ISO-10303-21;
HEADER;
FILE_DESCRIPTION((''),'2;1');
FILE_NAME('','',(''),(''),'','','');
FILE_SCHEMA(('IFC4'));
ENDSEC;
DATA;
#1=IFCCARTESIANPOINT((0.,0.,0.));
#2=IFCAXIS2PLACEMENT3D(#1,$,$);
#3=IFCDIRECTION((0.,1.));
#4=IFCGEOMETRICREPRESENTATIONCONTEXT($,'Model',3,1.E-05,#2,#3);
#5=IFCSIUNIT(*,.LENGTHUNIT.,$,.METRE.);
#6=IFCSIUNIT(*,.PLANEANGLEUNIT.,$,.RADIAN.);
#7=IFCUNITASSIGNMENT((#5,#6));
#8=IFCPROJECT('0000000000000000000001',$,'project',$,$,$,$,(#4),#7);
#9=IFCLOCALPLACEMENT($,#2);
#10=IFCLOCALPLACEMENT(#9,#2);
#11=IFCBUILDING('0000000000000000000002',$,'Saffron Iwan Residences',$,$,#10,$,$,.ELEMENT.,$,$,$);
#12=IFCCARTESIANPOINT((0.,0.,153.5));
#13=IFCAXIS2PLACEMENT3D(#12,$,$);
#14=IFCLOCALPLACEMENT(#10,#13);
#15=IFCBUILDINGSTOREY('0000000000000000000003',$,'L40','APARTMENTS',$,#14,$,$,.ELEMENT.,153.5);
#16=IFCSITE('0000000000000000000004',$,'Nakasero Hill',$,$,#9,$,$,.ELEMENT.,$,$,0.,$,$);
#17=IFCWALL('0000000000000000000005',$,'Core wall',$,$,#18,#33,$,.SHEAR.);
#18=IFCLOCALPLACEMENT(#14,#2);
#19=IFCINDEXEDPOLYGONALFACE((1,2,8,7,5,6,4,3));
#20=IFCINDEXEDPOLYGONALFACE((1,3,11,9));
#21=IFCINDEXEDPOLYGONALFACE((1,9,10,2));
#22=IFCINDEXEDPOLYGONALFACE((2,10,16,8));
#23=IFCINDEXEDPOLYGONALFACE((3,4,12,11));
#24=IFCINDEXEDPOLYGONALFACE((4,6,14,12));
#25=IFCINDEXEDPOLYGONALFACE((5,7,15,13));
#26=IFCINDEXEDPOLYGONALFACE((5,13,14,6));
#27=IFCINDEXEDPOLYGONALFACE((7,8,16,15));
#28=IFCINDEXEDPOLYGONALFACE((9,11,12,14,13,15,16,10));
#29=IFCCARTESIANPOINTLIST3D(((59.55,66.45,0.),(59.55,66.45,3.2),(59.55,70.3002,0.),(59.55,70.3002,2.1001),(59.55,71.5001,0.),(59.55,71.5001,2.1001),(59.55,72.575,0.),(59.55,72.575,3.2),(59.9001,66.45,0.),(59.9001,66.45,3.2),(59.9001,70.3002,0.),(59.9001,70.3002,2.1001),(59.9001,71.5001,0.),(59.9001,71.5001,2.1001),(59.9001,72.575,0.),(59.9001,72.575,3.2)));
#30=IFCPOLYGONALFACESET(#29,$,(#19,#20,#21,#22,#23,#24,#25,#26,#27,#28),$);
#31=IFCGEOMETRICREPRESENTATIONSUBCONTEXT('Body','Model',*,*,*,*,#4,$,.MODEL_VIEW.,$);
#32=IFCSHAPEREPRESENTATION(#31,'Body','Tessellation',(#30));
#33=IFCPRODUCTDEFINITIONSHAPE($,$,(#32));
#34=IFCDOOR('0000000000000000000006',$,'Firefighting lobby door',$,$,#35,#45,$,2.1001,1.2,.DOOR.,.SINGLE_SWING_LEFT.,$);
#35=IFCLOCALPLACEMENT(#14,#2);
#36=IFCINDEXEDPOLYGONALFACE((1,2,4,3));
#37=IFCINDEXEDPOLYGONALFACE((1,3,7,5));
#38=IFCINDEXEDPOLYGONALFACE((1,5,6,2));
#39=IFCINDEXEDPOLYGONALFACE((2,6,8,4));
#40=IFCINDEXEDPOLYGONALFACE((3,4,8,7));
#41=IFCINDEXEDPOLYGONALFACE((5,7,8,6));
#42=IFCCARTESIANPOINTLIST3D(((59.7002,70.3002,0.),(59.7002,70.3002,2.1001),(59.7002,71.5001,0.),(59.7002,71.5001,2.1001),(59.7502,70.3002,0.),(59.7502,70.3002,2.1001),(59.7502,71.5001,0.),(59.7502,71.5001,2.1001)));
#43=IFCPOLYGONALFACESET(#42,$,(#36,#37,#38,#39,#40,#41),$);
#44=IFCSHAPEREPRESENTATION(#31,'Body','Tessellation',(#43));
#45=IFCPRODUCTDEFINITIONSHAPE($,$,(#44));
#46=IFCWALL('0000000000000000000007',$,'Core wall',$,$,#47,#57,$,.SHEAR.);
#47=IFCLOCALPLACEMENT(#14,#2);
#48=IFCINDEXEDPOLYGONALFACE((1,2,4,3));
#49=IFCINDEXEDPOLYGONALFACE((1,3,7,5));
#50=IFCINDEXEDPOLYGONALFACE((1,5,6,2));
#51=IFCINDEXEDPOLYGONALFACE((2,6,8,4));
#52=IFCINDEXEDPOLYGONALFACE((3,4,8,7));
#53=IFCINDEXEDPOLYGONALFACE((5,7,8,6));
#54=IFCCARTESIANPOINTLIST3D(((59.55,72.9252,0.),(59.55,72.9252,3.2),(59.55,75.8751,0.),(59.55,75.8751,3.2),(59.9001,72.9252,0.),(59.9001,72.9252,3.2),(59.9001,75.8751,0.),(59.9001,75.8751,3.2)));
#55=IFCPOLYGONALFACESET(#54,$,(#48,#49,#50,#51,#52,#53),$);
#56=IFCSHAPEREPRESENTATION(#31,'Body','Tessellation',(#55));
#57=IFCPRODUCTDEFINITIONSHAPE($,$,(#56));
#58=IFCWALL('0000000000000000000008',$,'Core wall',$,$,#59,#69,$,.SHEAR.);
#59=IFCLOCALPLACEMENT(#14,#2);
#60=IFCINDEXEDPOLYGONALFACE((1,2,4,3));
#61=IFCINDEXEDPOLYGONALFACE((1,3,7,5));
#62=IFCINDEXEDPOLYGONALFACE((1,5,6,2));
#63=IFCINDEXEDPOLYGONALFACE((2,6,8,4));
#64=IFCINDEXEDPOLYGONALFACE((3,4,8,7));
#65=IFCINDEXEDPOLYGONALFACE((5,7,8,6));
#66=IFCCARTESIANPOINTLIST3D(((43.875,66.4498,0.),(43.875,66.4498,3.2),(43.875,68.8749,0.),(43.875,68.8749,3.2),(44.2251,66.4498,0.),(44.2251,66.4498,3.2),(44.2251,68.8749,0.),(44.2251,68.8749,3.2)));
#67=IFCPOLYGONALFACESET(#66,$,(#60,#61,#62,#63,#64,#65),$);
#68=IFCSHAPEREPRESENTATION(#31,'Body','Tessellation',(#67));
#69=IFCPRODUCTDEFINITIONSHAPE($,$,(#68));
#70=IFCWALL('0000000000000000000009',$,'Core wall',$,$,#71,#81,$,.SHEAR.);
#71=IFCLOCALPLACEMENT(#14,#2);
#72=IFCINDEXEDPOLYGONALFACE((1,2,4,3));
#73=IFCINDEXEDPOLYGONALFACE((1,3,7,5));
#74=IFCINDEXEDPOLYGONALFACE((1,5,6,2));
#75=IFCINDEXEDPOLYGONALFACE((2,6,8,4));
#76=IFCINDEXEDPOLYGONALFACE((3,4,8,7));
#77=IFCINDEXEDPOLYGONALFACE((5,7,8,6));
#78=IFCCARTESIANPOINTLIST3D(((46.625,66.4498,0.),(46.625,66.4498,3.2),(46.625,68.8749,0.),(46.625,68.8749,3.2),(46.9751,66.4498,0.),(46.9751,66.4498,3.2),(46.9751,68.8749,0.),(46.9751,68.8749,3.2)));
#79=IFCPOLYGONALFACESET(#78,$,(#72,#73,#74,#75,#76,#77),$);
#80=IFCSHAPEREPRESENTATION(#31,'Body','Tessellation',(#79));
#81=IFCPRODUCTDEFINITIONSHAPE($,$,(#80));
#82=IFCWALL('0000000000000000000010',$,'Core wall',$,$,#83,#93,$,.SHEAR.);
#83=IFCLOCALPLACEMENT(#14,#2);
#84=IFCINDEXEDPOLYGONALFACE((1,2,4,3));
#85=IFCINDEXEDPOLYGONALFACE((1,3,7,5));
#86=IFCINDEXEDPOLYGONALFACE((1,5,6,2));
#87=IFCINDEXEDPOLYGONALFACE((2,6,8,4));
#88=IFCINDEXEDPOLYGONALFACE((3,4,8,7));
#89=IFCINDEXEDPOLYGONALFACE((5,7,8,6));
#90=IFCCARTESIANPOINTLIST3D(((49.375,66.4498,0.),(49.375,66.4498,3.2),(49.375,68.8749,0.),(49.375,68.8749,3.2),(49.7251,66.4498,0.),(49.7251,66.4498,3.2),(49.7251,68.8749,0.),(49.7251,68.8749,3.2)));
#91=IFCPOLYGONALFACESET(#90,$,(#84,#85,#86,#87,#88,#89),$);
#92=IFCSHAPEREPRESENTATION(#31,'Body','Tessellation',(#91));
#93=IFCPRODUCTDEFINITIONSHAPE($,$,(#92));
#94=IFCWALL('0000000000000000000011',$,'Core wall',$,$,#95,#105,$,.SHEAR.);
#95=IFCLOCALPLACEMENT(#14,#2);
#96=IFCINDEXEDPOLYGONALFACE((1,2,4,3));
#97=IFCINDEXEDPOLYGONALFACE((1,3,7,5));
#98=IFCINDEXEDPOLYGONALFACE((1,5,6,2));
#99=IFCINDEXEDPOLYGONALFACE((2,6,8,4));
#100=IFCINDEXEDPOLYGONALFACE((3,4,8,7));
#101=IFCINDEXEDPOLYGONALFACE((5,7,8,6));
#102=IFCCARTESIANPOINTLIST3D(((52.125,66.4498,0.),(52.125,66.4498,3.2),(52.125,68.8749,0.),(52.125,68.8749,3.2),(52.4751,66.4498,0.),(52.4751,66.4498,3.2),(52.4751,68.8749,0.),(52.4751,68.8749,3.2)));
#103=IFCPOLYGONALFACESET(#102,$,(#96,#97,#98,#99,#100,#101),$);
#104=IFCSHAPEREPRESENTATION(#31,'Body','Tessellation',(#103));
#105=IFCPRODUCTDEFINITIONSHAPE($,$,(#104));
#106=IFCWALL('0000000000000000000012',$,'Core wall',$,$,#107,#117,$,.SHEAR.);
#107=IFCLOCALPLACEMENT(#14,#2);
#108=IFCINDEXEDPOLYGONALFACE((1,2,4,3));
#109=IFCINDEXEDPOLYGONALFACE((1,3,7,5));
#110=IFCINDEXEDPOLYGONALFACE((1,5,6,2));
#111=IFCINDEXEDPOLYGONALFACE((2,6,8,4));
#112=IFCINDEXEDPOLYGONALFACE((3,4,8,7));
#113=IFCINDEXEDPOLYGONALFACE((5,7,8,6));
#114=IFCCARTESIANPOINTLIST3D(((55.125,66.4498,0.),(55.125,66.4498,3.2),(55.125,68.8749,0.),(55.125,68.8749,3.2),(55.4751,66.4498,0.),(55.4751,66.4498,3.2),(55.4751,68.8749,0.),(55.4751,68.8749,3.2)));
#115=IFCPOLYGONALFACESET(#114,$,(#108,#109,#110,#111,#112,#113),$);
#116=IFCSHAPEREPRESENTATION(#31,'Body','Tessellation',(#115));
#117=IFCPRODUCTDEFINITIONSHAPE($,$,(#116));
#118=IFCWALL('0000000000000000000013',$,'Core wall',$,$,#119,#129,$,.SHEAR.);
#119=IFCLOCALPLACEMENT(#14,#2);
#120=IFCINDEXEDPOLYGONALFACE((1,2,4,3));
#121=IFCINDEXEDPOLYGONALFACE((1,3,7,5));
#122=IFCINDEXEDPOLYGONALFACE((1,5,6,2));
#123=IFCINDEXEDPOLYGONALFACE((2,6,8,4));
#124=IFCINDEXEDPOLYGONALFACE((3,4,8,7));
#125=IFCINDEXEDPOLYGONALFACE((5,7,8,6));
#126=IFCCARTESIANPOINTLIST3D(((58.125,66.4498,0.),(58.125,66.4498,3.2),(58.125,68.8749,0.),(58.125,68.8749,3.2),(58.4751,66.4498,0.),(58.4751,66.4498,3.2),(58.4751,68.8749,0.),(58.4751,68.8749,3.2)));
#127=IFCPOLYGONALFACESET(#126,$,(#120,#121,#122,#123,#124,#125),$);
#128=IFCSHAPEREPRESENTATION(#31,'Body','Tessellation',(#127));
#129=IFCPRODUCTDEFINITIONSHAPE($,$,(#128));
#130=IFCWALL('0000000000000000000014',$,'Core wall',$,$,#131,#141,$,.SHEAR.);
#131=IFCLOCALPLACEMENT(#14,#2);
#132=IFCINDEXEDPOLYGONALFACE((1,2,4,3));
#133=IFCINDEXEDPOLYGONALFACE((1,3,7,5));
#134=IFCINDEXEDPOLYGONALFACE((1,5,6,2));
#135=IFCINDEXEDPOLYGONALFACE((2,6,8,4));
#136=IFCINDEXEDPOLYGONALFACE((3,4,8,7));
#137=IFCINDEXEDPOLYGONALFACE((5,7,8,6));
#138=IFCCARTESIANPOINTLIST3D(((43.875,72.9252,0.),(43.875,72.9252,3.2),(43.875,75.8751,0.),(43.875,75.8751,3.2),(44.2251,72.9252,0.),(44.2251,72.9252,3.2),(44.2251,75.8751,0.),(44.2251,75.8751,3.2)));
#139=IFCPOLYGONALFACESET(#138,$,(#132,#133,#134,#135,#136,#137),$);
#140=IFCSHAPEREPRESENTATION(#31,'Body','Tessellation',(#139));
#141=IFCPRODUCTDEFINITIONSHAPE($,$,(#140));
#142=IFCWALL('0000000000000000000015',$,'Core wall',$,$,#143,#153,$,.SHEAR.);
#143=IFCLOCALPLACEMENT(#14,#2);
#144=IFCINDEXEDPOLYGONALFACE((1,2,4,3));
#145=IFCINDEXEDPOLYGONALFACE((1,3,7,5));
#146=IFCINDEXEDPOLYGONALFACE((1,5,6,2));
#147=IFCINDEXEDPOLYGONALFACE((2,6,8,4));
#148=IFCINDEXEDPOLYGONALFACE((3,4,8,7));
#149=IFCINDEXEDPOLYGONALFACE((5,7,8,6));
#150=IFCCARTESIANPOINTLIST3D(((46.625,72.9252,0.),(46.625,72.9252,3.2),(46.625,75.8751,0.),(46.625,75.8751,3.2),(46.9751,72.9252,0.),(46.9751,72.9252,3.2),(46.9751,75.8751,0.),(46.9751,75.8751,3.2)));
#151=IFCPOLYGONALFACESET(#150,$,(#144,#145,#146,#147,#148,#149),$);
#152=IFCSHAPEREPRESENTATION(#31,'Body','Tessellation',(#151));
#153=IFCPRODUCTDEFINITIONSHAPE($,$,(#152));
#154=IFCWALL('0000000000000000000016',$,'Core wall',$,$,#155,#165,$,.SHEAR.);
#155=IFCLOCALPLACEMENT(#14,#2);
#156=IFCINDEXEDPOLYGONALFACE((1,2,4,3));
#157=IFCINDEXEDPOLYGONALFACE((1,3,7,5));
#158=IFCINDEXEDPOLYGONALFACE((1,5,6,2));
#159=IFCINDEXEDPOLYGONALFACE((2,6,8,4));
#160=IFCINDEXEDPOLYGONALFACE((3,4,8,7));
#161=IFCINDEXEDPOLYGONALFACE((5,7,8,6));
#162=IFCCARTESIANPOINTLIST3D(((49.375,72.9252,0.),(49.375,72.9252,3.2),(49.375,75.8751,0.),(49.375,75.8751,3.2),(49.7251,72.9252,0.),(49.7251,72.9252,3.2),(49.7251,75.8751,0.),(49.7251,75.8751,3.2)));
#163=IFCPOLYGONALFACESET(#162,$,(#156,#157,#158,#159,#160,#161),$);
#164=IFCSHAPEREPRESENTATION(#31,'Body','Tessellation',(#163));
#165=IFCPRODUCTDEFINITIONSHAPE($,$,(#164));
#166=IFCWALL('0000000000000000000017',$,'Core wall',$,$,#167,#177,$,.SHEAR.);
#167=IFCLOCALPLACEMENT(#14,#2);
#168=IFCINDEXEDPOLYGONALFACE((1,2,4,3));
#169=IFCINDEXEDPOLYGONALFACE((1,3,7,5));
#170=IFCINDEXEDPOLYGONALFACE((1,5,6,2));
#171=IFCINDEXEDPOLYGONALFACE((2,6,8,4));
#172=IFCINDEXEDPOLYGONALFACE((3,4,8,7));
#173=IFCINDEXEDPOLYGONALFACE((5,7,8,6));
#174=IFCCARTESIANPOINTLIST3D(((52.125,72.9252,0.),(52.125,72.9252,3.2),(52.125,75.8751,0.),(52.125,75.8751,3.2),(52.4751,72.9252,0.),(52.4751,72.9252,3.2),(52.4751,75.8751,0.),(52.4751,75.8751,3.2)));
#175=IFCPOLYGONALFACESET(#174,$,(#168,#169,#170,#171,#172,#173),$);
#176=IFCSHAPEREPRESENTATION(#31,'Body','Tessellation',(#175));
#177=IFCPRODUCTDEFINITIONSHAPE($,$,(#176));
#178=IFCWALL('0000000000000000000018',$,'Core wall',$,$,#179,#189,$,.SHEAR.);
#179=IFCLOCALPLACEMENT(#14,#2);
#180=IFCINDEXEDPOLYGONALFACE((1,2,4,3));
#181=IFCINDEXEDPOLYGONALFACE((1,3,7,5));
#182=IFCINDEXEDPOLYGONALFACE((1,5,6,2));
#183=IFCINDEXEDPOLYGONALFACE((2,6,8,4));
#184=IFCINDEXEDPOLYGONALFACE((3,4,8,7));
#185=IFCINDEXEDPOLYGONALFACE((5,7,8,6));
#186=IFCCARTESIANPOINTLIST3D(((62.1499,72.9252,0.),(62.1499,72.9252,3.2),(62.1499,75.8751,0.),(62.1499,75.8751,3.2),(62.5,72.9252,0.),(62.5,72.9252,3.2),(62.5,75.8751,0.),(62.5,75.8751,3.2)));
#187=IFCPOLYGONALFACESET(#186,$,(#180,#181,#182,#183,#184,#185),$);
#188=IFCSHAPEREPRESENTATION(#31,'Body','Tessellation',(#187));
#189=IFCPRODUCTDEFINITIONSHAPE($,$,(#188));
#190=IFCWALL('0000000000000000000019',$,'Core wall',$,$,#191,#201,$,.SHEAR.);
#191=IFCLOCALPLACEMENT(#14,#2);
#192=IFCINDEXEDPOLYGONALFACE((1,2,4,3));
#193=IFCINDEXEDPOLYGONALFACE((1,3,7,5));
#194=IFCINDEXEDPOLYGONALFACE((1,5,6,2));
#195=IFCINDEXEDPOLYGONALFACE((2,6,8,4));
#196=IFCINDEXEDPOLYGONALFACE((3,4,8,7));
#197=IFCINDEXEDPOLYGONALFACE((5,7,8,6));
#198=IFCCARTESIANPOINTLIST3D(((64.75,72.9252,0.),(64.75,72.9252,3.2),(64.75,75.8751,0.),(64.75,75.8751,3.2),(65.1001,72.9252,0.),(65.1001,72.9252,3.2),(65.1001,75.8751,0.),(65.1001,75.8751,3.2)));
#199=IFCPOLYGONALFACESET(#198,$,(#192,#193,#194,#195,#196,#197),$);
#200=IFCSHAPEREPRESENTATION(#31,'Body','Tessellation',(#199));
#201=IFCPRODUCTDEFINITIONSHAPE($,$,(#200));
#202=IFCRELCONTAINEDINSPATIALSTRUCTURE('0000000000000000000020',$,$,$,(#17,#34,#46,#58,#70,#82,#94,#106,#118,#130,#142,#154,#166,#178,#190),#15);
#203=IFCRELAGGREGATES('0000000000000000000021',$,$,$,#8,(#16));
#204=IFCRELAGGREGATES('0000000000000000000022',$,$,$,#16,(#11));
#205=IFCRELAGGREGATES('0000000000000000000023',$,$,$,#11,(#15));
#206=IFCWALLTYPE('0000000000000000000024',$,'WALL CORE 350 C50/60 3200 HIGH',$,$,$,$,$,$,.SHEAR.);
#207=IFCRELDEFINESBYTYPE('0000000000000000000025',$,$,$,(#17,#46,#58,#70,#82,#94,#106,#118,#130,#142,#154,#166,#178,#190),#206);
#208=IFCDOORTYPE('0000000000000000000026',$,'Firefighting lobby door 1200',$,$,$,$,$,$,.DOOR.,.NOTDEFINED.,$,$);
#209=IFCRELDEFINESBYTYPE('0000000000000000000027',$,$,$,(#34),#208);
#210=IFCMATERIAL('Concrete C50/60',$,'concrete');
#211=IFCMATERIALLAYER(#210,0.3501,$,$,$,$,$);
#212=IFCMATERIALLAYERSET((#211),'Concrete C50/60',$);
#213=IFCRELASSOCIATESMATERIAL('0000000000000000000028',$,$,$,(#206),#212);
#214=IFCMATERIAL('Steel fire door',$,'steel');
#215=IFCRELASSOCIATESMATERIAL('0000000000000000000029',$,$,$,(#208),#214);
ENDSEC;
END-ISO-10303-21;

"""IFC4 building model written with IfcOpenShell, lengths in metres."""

from ifc_helpers import new_model, si_unit, direction, frame, frame_2d, origin, place, context, subcontext, project, spatial, rectangle, extrude, material, layer, layer_set, type_object, element, fill, save


model = new_model("IFC4")

# Units and contexts
model_context = context("Model", 3, precision=1e-05, world=origin(), true_north=direction((0.0, 1.0)))
body_context = subcontext(model_context, "Body", "Model", "MODEL_VIEW")
ifc_project = project(units=[si_unit("LENGTHUNIT", "METRE"), si_unit("PLANEANGLEUNIT", "RADIAN")], contexts=[model_context])

# Site, building, storey
site_placement = place(None, origin())
site = spatial("IfcSite", under=ifc_project, at=site_placement, Name="Nakasero Hill", CompositionType="ELEMENT", RefElevation=0.0)
building_placement = place(site_placement, origin())
building = spatial("IfcBuilding", under=site, at=building_placement, Name="Saffron Iwan Residences", CompositionType="ELEMENT")
storey_placement = place(building_placement, frame((0.0, 0.0, 153.5)))
storey = spatial("IfcBuildingStorey", under=building, at=storey_placement, Name="L40", Description="APARTMENTS", CompositionType="ELEMENT", Elevation=153.5)

# Shared definitions
ifc_material_1 = material(Name="Concrete C50/60", Category="concrete")

# Wall, opening, door
ifc_material_2 = material(Name="Steel fire door", Category="steel")
ifc_layer_1 = layer(ifc_material_1, 0.3501)
ifc_layer_set_1 = layer_set([ifc_layer_1], Name="Concrete C50/60")
wall_type_1 = type_object("IfcWallType", Name="WALL CORE 350 C50/60 3200 HIGH", PredefinedType="SHEAR", material=ifc_layer_set_1)
wall_1_placement = place(storey_placement, frame((59.7251, 66.45, 0.0), z_axis=(0.0, 0.0, 1.0), x_axis=(0.0, 1.0, 0.0)))
wall_1 = element("IfcWall", 1, at=wall_1_placement, inside=storey, type_object=wall_type_1, Name="Core wall", PredefinedType="SHEAR", context=body_context, shape_type="SweptSolid", body=[
    extrude(rectangle(XDim=6.125, YDim=0.3501, at=frame_2d((3.0625, 0.0))), origin(), (0.0, 0.0, 1.0), 3.2),
])
opening_1_placement = place(wall_1_placement, frame((3.8501, 0.0, 0.0)))
opening_1 = element("IfcOpeningElement", 2, at=opening_1_placement, cuts=wall_1, PredefinedType="OPENING", context=body_context, shape_type="SweptSolid", body=[
    extrude(rectangle(XDim=1.2, YDim=2.1001, at=frame_2d((0.6001, 1.05))), frame((0.0, 0.1851, 0.0), z_axis=(0.0, -1.0, 0.0), x_axis=(1.0, 0.0, 0.0)), (0.0, 0.0, 1.0), 0.3701),
])
door_type_1 = type_object("IfcDoorType", Name="Firefighting lobby door 1200", OperationType="NOTDEFINED", PredefinedType="DOOR", material=ifc_material_2)
door_1_placement = place(opening_1_placement, origin())
door_1 = element("IfcDoor", 3, at=door_1_placement, inside=storey, type_object=door_type_1, Name="Firefighting lobby door", OperationType="SINGLE_SWING_LEFT", OverallHeight=2.1001, OverallWidth=1.2, PredefinedType="DOOR", context=body_context, shape_type="SweptSolid", body=[
    extrude(rectangle(XDim=1.2, YDim=2.1001, at=frame_2d((0.6001, 1.05))), frame((0.0, 0.0249, 0.0), z_axis=(0.0, -1.0, 0.0), x_axis=(1.0, 0.0, 0.0)), (0.0, 0.0, 1.0), 0.05),
])
fill(opening_1, door_1)

# Walls
wall_2_placement = place(storey_placement, frame((59.7251, 72.925, 0.0), z_axis=(0.0, 0.0, 1.0), x_axis=(0.0, 1.0, 0.0)))
element("IfcWall", 4, at=wall_2_placement, inside=storey, type_object=wall_type_1, Name="Core wall", PredefinedType="SHEAR", context=body_context, shape_type="SweptSolid", body=[
    extrude(rectangle(XDim=2.95, YDim=0.3501, at=frame_2d((1.4751, 0.0))), origin(), (0.0, 0.0, 1.0), 3.2),
])
for number, where, z_axis, x_axis, name in (
    (5, (44.05, 66.45, 0.0), (0.0, 0.0, 1.0), (0.0, 1.0, 0.0), "Core wall"),
    (6, (46.8, 66.45, 0.0), (0.0, 0.0, 1.0), (0.0, 1.0, 0.0), "Core wall"),
    (7, (49.55, 66.45, 0.0), (0.0, 0.0, 1.0), (0.0, 1.0, 0.0), "Core wall"),
    (8, (52.3, 66.45, 0.0), (0.0, 0.0, 1.0), (0.0, 1.0, 0.0), "Core wall"),
    (9, (55.3, 66.45, 0.0), (0.0, 0.0, 1.0), (0.0, 1.0, 0.0), "Core wall"),
    (10, (58.3, 66.45, 0.0), (0.0, 0.0, 1.0), (0.0, 1.0, 0.0), "Core wall"),
):
    element("IfcWall", number, at=place(storey_placement, frame(where, z_axis=z_axis, x_axis=x_axis)), inside=storey, type_object=wall_type_1, Name=name, PredefinedType="SHEAR", context=body_context, shape_type="SweptSolid", body=[
        extrude(rectangle(XDim=2.425, YDim=0.3501, at=frame_2d((1.2124, 0.0))), origin(), (0.0, 0.0, 1.0), 3.2),
    ])
for number, where, z_axis, x_axis, name in (
    (11, (44.05, 72.925, 0.0), (0.0, 0.0, 1.0), (0.0, 1.0, 0.0), "Core wall"),
    (12, (46.8, 72.925, 0.0), (0.0, 0.0, 1.0), (0.0, 1.0, 0.0), "Core wall"),
    (13, (49.55, 72.925, 0.0), (0.0, 0.0, 1.0), (0.0, 1.0, 0.0), "Core wall"),
    (14, (52.3, 72.925, 0.0), (0.0, 0.0, 1.0), (0.0, 1.0, 0.0), "Core wall"),
    (15, (62.325, 72.925, 0.0), (0.0, 0.0, 1.0), (0.0, 1.0, 0.0), "Core wall"),
    (16, (64.925, 72.925, 0.0), (0.0, 0.0, 1.0), (0.0, 1.0, 0.0), "Core wall"),
):
    element("IfcWall", number, at=place(storey_placement, frame(where, z_axis=z_axis, x_axis=x_axis)), inside=storey, type_object=wall_type_1, Name=name, PredefinedType="SHEAR", context=body_context, shape_type="SweptSolid", body=[
        extrude(rectangle(XDim=2.95, YDim=0.3501, at=frame_2d((1.4751, 0.0))), origin(), (0.0, 0.0, 1.0), 3.2),
    ])

save(model, "model.ifc")
